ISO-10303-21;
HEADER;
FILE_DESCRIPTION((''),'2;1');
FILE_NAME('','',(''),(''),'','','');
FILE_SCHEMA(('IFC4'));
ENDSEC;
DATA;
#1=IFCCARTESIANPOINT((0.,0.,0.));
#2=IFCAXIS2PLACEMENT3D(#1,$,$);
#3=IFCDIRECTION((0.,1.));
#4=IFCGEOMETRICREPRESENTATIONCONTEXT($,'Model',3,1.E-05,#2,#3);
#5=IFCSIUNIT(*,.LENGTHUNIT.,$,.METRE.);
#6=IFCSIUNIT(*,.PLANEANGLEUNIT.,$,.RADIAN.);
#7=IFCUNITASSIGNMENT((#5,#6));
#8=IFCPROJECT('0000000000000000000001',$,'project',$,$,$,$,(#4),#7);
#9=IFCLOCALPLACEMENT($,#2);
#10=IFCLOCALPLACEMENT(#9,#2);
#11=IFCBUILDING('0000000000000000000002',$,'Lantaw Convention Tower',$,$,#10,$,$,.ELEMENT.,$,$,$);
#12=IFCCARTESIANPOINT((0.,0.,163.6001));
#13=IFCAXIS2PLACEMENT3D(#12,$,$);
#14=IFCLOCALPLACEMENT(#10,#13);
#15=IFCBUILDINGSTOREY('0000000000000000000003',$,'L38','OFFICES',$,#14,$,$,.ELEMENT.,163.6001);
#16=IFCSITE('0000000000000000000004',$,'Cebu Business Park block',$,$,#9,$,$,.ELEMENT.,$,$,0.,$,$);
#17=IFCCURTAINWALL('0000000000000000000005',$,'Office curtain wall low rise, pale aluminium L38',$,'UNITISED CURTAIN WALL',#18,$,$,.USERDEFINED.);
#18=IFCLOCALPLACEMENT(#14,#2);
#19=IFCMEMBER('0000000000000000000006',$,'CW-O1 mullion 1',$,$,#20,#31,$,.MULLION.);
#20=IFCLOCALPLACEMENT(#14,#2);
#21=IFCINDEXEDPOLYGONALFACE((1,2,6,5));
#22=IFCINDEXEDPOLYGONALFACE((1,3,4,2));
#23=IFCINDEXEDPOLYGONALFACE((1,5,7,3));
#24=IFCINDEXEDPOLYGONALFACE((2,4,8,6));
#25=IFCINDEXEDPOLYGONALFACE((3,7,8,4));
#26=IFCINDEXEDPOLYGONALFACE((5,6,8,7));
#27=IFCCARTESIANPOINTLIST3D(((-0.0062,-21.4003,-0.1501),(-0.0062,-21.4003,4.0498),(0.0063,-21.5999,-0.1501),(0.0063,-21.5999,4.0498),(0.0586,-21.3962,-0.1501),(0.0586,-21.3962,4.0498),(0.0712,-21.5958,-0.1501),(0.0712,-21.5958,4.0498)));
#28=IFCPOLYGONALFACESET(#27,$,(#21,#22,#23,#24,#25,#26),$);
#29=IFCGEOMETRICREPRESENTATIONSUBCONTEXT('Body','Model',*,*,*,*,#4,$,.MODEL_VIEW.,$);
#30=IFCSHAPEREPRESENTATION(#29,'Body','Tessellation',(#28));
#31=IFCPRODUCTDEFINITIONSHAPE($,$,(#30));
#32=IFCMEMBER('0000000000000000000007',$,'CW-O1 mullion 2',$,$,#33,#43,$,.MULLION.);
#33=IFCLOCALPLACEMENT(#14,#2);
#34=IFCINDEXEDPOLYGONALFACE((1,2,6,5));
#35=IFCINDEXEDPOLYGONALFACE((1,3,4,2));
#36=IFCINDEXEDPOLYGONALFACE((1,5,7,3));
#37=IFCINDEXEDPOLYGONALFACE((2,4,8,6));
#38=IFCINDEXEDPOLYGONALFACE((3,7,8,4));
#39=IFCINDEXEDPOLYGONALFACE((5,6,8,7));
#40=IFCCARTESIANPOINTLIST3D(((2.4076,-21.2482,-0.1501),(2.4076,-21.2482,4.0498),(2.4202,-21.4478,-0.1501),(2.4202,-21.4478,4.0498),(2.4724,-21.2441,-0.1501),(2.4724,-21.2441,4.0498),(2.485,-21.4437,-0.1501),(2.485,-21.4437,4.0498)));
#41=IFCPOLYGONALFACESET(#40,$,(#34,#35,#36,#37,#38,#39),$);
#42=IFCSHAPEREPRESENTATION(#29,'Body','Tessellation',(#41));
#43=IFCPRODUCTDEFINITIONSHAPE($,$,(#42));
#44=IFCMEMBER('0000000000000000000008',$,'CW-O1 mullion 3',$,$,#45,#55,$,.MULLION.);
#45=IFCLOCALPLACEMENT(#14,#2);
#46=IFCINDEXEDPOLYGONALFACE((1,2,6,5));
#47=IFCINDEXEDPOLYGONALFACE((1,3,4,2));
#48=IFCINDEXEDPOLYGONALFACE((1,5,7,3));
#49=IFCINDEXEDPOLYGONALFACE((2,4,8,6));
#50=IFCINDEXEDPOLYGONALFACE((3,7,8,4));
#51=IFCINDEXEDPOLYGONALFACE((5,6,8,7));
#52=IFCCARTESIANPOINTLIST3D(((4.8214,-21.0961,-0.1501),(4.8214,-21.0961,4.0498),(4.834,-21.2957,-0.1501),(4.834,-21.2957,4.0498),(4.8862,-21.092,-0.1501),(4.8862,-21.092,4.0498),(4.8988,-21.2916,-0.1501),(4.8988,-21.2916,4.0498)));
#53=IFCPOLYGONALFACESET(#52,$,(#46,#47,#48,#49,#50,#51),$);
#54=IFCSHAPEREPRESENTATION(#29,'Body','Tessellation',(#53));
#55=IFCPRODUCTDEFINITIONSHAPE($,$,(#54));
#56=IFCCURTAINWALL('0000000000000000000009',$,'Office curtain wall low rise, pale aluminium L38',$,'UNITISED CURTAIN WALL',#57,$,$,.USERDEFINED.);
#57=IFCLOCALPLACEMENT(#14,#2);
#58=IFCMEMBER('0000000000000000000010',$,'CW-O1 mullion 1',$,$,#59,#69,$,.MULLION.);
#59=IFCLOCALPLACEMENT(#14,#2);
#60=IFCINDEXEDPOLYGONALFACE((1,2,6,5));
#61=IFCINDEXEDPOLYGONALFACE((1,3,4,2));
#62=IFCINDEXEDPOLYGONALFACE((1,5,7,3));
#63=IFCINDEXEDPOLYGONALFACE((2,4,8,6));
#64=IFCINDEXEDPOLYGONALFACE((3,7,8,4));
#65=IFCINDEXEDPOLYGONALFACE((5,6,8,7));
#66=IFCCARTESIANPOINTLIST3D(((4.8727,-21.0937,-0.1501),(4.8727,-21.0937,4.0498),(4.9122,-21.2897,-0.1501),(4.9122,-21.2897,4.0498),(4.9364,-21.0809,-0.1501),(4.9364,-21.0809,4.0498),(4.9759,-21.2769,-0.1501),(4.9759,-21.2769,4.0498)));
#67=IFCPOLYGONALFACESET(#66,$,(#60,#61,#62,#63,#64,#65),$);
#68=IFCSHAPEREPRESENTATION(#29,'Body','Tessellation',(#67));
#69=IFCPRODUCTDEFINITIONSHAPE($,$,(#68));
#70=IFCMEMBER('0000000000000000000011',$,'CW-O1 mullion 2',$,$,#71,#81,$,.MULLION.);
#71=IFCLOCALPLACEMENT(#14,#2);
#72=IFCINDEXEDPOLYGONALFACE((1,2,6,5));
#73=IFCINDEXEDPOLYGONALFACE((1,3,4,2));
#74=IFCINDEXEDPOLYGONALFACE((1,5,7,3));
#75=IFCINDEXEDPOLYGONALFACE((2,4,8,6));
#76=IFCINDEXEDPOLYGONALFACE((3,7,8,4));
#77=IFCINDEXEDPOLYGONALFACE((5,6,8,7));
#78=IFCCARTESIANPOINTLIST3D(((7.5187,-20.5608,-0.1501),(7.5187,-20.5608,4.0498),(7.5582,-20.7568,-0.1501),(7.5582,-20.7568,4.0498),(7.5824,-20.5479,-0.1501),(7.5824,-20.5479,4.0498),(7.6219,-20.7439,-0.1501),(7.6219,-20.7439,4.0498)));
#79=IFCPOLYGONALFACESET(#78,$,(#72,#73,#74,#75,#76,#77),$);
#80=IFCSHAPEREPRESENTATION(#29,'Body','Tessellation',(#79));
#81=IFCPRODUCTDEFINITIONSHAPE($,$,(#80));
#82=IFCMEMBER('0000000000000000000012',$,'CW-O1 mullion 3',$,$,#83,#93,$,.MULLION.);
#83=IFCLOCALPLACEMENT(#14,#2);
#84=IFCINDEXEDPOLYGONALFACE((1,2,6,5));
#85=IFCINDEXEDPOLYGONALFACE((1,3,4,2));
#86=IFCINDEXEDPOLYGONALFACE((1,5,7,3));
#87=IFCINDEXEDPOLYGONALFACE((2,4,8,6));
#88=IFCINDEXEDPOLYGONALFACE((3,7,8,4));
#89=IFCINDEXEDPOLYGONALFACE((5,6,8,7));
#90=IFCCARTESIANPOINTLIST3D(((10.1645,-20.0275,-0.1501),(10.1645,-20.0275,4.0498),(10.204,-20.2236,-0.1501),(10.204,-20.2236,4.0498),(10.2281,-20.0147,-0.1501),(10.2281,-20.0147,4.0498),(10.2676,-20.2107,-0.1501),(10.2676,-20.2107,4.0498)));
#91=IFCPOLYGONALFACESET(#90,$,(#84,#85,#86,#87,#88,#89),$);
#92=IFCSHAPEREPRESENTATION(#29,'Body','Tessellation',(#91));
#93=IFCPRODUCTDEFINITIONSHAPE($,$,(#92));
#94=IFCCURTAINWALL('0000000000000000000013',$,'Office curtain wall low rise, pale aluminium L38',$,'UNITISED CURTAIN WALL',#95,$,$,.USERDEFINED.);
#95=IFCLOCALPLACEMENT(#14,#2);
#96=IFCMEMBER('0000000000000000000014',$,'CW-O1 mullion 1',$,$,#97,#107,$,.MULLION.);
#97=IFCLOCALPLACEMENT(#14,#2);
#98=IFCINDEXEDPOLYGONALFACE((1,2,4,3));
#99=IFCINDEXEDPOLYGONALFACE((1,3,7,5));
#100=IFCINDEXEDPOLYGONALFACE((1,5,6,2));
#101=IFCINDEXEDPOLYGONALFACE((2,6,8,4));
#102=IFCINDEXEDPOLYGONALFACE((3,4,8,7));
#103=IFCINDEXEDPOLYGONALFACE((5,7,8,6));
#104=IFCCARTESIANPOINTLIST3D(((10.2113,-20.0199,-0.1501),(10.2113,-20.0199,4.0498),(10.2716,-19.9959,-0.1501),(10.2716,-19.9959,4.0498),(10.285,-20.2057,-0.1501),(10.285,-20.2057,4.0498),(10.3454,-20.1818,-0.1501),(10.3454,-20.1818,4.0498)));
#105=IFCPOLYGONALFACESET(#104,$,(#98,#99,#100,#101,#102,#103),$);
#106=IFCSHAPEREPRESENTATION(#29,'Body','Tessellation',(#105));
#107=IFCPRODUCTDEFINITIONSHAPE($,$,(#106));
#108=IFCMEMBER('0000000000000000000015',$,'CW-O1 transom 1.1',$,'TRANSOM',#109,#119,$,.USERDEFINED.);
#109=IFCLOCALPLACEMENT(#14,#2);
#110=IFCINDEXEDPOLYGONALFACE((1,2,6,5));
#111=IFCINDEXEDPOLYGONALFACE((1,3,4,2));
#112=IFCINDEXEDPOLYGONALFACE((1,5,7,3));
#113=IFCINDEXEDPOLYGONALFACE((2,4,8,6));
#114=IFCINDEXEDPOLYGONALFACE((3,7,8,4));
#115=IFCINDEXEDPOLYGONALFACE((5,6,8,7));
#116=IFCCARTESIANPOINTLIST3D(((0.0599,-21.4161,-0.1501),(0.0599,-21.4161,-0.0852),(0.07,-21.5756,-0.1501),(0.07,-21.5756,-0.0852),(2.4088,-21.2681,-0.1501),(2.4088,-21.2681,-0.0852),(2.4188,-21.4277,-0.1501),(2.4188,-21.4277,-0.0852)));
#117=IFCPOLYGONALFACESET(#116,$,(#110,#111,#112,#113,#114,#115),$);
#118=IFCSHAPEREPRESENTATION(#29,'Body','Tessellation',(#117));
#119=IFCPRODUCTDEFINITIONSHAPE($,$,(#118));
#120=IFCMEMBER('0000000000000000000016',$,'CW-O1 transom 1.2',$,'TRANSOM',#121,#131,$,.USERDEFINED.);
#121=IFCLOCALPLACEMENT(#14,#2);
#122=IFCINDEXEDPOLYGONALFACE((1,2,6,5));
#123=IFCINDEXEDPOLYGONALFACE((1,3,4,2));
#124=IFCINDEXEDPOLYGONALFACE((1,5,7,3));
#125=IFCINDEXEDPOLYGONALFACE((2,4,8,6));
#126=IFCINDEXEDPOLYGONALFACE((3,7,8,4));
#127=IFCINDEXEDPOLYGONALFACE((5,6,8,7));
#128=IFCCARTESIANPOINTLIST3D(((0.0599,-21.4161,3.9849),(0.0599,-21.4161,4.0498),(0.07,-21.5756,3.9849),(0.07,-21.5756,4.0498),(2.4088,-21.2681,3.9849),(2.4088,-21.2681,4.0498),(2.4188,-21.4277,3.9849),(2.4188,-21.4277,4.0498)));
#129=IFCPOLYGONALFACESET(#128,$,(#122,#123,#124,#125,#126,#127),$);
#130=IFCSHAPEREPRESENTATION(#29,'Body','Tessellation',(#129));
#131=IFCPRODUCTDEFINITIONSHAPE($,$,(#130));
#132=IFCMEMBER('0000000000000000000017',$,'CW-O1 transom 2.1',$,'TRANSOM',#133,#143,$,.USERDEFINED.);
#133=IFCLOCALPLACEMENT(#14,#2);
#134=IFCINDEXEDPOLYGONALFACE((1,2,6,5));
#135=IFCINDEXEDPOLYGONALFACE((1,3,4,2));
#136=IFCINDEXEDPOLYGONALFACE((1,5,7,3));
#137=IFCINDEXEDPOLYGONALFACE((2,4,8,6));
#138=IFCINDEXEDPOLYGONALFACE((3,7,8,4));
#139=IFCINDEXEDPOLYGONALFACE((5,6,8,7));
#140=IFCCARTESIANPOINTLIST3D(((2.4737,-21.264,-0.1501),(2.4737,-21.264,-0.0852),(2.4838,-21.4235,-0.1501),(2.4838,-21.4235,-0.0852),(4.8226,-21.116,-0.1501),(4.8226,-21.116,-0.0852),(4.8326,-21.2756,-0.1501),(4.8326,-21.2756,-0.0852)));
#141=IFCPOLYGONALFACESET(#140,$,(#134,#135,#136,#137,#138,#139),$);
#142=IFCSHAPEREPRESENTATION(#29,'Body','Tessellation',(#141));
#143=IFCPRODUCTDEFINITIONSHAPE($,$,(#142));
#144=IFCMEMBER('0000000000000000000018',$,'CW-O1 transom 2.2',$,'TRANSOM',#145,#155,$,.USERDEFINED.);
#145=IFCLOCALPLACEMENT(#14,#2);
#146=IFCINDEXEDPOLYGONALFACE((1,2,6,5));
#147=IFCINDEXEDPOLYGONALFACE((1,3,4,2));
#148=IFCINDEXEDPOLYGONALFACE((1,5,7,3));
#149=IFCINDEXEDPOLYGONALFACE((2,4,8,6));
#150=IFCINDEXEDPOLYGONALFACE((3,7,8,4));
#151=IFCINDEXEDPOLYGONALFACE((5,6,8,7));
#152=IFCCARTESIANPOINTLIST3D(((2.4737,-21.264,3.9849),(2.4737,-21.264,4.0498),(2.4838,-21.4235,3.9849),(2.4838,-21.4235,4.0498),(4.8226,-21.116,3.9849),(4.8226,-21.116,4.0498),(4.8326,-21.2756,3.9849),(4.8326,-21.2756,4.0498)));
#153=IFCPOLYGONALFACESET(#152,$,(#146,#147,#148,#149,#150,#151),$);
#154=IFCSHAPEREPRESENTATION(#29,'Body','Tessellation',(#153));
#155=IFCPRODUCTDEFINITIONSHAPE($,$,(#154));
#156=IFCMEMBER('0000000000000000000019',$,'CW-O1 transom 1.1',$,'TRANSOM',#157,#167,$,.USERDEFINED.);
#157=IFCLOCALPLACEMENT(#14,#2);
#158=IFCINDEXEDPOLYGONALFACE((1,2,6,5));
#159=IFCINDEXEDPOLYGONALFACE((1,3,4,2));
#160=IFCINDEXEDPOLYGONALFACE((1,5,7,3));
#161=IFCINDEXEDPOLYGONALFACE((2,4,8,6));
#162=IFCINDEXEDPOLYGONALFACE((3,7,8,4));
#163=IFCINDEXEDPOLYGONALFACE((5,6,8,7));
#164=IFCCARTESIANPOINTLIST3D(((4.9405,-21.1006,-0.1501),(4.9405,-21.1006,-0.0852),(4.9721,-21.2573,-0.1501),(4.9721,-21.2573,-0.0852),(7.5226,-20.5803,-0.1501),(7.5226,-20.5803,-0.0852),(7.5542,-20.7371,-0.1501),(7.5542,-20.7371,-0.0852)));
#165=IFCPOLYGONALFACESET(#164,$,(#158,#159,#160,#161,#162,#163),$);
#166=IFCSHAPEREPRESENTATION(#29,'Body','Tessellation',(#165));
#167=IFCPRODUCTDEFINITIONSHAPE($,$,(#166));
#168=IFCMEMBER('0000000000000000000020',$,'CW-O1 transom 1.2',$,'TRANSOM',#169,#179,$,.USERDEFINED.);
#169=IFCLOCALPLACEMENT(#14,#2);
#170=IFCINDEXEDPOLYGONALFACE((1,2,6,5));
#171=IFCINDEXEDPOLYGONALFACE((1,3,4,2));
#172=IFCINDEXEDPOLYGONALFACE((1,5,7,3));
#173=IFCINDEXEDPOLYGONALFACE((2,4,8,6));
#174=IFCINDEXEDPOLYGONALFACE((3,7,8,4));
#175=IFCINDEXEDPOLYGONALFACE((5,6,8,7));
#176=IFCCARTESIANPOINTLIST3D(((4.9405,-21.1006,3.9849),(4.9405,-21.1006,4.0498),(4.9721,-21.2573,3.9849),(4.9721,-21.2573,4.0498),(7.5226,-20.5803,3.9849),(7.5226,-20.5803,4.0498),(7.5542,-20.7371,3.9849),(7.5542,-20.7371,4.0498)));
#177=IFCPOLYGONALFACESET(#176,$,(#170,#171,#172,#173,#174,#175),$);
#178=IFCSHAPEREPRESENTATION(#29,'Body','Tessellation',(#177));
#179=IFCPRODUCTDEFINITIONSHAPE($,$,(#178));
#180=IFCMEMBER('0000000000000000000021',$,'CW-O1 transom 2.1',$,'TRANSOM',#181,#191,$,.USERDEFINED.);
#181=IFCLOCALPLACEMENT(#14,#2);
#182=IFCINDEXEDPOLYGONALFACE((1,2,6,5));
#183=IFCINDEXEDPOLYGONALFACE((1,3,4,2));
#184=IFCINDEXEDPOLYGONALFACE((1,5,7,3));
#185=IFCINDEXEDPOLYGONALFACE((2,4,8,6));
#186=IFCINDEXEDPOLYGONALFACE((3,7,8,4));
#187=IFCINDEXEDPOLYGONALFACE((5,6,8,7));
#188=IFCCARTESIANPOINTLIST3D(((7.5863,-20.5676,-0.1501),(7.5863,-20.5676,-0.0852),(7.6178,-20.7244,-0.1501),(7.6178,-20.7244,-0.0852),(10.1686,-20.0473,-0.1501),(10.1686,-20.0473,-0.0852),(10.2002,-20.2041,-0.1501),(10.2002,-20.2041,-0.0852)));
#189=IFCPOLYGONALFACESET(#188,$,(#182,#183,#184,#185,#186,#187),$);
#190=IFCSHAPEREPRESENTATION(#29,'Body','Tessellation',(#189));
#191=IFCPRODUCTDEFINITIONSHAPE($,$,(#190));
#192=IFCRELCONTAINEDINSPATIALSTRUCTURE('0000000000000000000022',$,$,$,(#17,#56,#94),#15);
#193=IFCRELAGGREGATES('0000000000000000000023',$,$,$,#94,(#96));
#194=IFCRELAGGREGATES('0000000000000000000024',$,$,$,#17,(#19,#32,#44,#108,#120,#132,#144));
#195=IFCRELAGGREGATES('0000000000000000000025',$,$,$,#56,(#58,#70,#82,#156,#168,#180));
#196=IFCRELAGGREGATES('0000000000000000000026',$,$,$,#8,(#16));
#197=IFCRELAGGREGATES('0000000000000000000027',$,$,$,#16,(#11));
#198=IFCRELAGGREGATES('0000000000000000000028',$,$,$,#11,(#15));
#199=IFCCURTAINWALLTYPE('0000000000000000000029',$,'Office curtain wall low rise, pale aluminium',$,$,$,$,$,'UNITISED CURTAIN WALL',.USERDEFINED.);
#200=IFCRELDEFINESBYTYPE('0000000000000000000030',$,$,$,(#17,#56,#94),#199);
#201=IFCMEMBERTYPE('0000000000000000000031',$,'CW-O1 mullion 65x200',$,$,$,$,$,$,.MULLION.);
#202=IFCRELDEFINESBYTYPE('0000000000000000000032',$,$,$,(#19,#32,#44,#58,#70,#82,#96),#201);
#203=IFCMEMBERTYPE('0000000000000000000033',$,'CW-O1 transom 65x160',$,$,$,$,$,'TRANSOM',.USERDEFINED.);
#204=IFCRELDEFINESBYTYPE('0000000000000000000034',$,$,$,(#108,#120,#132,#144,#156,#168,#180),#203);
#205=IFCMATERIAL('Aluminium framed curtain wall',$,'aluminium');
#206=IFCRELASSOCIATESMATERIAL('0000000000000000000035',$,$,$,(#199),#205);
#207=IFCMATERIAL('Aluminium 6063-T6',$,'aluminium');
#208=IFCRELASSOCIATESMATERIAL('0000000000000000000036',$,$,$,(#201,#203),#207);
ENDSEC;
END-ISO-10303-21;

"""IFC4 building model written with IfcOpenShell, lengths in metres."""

from ifc_helpers import new_model, si_unit, direction, frame, origin, origin_2d, place, context, subcontext, project, spatial, rectangle, extrude, material, material_profile, profile_set, type_object, element, aggregate, save


model = new_model("IFC4")

# Units and contexts
model_context = context("Model", 3, precision=1e-05, world=origin(), true_north=direction((0.0, 1.0)))
body_context = subcontext(model_context, "Body", "Model", "MODEL_VIEW")
ifc_project = project(units=[si_unit("LENGTHUNIT", "METRE"), si_unit("PLANEANGLEUNIT", "RADIAN")], contexts=[model_context])

# Site, building, storey
site_placement = place(None, origin())
site = spatial("IfcSite", under=ifc_project, at=site_placement, Name="Cebu Business Park block", CompositionType="ELEMENT", RefElevation=0.0)
building_placement = place(site_placement, origin())
building = spatial("IfcBuilding", under=site, at=building_placement, Name="Lantaw Convention Tower", CompositionType="ELEMENT")
storey_placement = place(building_placement, frame((0.0, 0.0, 163.6001)))
storey = spatial("IfcBuildingStorey", under=building, at=storey_placement, Name="L38", Description="OFFICES", CompositionType="ELEMENT", Elevation=163.6001)

# Curtain walls, members
ifc_material_1 = material(Name="Aluminium framed curtain wall", Category="aluminium")
curtain_wall_type = type_object("IfcCurtainWallType", Name="Office curtain wall low rise, pale aluminium", ElementType="UNITISED CURTAIN WALL", PredefinedType="USERDEFINED", material=ifc_material_1)
curtain_wall_1_placement = place(storey_placement, origin())
curtain_wall_1 = element("IfcCurtainWall", 1, at=curtain_wall_1_placement, inside=storey, type_object=curtain_wall_type, Name="Office curtain wall low rise, pale aluminium L38", ObjectType="UNITISED CURTAIN WALL", PredefinedType="USERDEFINED")
ifc_material_2 = material(Name="Aluminium 6063-T6", Category="aluminium")
ifc_material_profile_1 = material_profile(ifc_material_2, rectangle(XDim=0.2, YDim=0.0649, at=origin_2d()), Name="CW-O1 mullion 65x200")
ifc_profile_set_1 = profile_set([ifc_material_profile_1], Name="Aluminium 6063-T6")
member_type_1 = type_object("IfcMemberType", Name="CW-O1 mullion 65x200", PredefinedType="MULLION", material=ifc_profile_set_1)
member_1_placement = place(storey_placement, frame((0.0325, -21.498, -0.1501), z_axis=(0.0, 0.0, 1.0), x_axis=(-0.062865, 0.998022, 0.0)))
member_1 = element("IfcMember", 2, at=member_1_placement, type_object=member_type_1, Name="CW-O1 mullion 1", PredefinedType="MULLION", context=body_context, shape_type="SweptSolid", body=[
    extrude(rectangle(XDim=0.2, YDim=0.0649, at=origin_2d()), origin(), (0.0, 0.0, 1.0), 4.2),
])
member_2_placement = place(storey_placement, frame((2.4463, -21.3459, -0.1501), z_axis=(0.0, 0.0, 1.0), x_axis=(-0.062865, 0.998022, 0.0)))
member_2 = element("IfcMember", 3, at=member_2_placement, type_object=member_type_1, Name="CW-O1 mullion 2", PredefinedType="MULLION", context=body_context, shape_type="SweptSolid", body=[
    extrude(rectangle(XDim=0.2, YDim=0.0649, at=origin_2d()), origin(), (0.0, 0.0, 1.0), 4.2),
])
member_3_placement = place(storey_placement, frame((4.8601, -21.1938, -0.1501), z_axis=(0.0, 0.0, 1.0), x_axis=(-0.062865, 0.998022, 0.0)))
member_3 = element("IfcMember", 4, at=member_3_placement, type_object=member_type_1, Name="CW-O1 mullion 3", PredefinedType="MULLION", context=body_context, shape_type="SweptSolid", body=[
    extrude(rectangle(XDim=0.2, YDim=0.0649, at=origin_2d()), origin(), (0.0, 0.0, 1.0), 4.2),
])
curtain_wall_2_placement = place(storey_placement, origin())
curtain_wall_2 = element("IfcCurtainWall", 5, at=curtain_wall_2_placement, inside=storey, type_object=curtain_wall_type, Name="Office curtain wall low rise, pale aluminium L38", ObjectType="UNITISED CURTAIN WALL", PredefinedType="USERDEFINED")
member_4_placement = place(storey_placement, frame((4.9243, -21.1853, -0.1501), z_axis=(0.0, 0.0, 1.0), x_axis=(-0.197507, 0.980302, 0.0)))
member_4 = element("IfcMember", 6, at=member_4_placement, type_object=member_type_1, Name="CW-O1 mullion 1", PredefinedType="MULLION", context=body_context, shape_type="SweptSolid", body=[
    extrude(rectangle(XDim=0.2, YDim=0.0649, at=origin_2d()), origin(), (0.0, 0.0, 1.0), 4.2),
])
member_5_placement = place(storey_placement, frame((7.5703, -20.6523, -0.1501), z_axis=(0.0, 0.0, 1.0), x_axis=(-0.197507, 0.980302, 0.0)))
member_5 = element("IfcMember", 7, at=member_5_placement, type_object=member_type_1, Name="CW-O1 mullion 2", PredefinedType="MULLION", context=body_context, shape_type="SweptSolid", body=[
    extrude(rectangle(XDim=0.2, YDim=0.0649, at=origin_2d()), origin(), (0.0, 0.0, 1.0), 4.2),
])
member_6_placement = place(storey_placement, frame((10.2161, -20.1191, -0.1501), z_axis=(0.0, 0.0, 1.0), x_axis=(-0.197507, 0.980302, 0.0)))
member_6 = element("IfcMember", 8, at=member_6_placement, type_object=member_type_1, Name="CW-O1 mullion 3", PredefinedType="MULLION", context=body_context, shape_type="SweptSolid", body=[
    extrude(rectangle(XDim=0.2, YDim=0.0649, at=origin_2d()), origin(), (0.0, 0.0, 1.0), 4.2),
])

# Curtain wall, member
curtain_wall_3_placement = place(storey_placement, origin())
curtain_wall_3 = element("IfcCurtainWall", 9, at=curtain_wall_3_placement, inside=storey, type_object=curtain_wall_type, Name="Office curtain wall low rise, pale aluminium L38", ObjectType="UNITISED CURTAIN WALL", PredefinedType="USERDEFINED")
member_7_placement = place(storey_placement, frame((10.2783, -20.1008, -0.1501), z_axis=(0.0, 0.0, 1.0), x_axis=(-0.368702, 0.929548, 0.0)))
member_7 = element("IfcMember", 10, at=member_7_placement, type_object=member_type_1, Name="CW-O1 mullion 1", PredefinedType="MULLION", context=body_context, shape_type="SweptSolid", body=[
    extrude(rectangle(XDim=0.2, YDim=0.0649, at=origin_2d()), origin(), (0.0, 0.0, 1.0), 4.2),
])

# Members
ifc_material_profile_2 = material_profile(ifc_material_2, rectangle(XDim=0.1599, YDim=0.0649, at=origin_2d()), Name="CW-O1 transom 65x160")
ifc_profile_set_2 = profile_set([ifc_material_profile_2], Name="Aluminium 6063-T6")
member_type_2 = type_object("IfcMemberType", Name="CW-O1 transom 65x160", ElementType="TRANSOM", PredefinedType="USERDEFINED", material=ifc_profile_set_2)
member_8_placement = place(storey_placement, frame((0.0649, -21.4958, -0.1177), z_axis=(0.998022, 0.062863, 0.0), x_axis=(-0.062863, 0.998022, 0.0)))
member_8 = element("IfcMember", 11, at=member_8_placement, type_object=member_type_2, Name="CW-O1 transom 1.1", ObjectType="TRANSOM", PredefinedType="USERDEFINED", context=body_context, shape_type="SweptSolid", body=[
    extrude(rectangle(XDim=0.1599, YDim=0.0649, at=origin_2d()), origin(), (0.0, 0.0, 1.0), 2.3535),
])
member_9_placement = place(storey_placement, frame((0.0649, -21.4958, 4.0173), z_axis=(0.998022, 0.062863, 0.0), x_axis=(-0.062863, 0.998022, 0.0)))
member_9 = element("IfcMember", 12, at=member_9_placement, type_object=member_type_2, Name="CW-O1 transom 1.2", ObjectType="TRANSOM", PredefinedType="USERDEFINED", context=body_context, shape_type="SweptSolid", body=[
    extrude(rectangle(XDim=0.1599, YDim=0.0649, at=origin_2d()), origin(), (0.0, 0.0, 1.0), 2.3535),
])
member_10_placement = place(storey_placement, frame((2.4788, -21.3438, -0.1177), z_axis=(0.998022, 0.062863, 0.0), x_axis=(-0.062863, 0.998022, 0.0)))
member_10 = element("IfcMember", 13, at=member_10_placement, type_object=member_type_2, Name="CW-O1 transom 2.1", ObjectType="TRANSOM", PredefinedType="USERDEFINED", context=body_context, shape_type="SweptSolid", body=[
    extrude(rectangle(XDim=0.1599, YDim=0.0649, at=origin_2d()), origin(), (0.0, 0.0, 1.0), 2.3535),
])
member_11_placement = place(storey_placement, frame((2.4788, -21.3438, 4.0173), z_axis=(0.998022, 0.062863, 0.0), x_axis=(-0.062863, 0.998022, 0.0)))
member_11 = element("IfcMember", 14, at=member_11_placement, type_object=member_type_2, Name="CW-O1 transom 2.2", ObjectType="TRANSOM", PredefinedType="USERDEFINED", context=body_context, shape_type="SweptSolid", body=[
    extrude(rectangle(XDim=0.1599, YDim=0.0649, at=origin_2d()), origin(), (0.0, 0.0, 1.0), 2.3535),
])
member_12_placement = place(storey_placement, frame((4.9563, -21.179, -0.1177), z_axis=(0.980298, 0.197524, 0.0), x_axis=(-0.197524, 0.980298, 0.0)))
member_12 = element("IfcMember", 15, at=member_12_placement, type_object=member_type_2, Name="CW-O1 transom 1.1", ObjectType="TRANSOM", PredefinedType="USERDEFINED", context=body_context, shape_type="SweptSolid", body=[
    extrude(rectangle(XDim=0.1599, YDim=0.0649, at=origin_2d()), origin(), (0.0, 0.0, 1.0), 2.634),
])
member_13_placement = place(storey_placement, frame((4.9563, -21.179, 4.0173), z_axis=(0.980298, 0.197524, 0.0), x_axis=(-0.197524, 0.980298, 0.0)))
member_13 = element("IfcMember", 16, at=member_13_placement, type_object=member_type_2, Name="CW-O1 transom 1.2", ObjectType="TRANSOM", PredefinedType="USERDEFINED", context=body_context, shape_type="SweptSolid", body=[
    extrude(rectangle(XDim=0.1599, YDim=0.0649, at=origin_2d()), origin(), (0.0, 0.0, 1.0), 2.634),
])
member_14_placement = place(storey_placement, frame((7.6021, -20.646, -0.1177), z_axis=(0.980302, 0.197506, 0.0), x_axis=(-0.197506, 0.980302, 0.0)))
member_14 = element("IfcMember", 17, at=member_14_placement, type_object=member_type_2, Name="CW-O1 transom 2.1", ObjectType="TRANSOM", PredefinedType="USERDEFINED", context=body_context, shape_type="SweptSolid", body=[
    extrude(rectangle(XDim=0.1599, YDim=0.0649, at=origin_2d()), origin(), (0.0, 0.0, 1.0), 2.6343),
])
aggregate(curtain_wall_3, [member_7])

aggregate(curtain_wall_1, [member_1, member_2, member_3, member_8, member_9, member_10, member_11])
aggregate(curtain_wall_2, [member_4, member_5, member_6, member_12, member_13, member_14])

save(model, "model.ifc")
